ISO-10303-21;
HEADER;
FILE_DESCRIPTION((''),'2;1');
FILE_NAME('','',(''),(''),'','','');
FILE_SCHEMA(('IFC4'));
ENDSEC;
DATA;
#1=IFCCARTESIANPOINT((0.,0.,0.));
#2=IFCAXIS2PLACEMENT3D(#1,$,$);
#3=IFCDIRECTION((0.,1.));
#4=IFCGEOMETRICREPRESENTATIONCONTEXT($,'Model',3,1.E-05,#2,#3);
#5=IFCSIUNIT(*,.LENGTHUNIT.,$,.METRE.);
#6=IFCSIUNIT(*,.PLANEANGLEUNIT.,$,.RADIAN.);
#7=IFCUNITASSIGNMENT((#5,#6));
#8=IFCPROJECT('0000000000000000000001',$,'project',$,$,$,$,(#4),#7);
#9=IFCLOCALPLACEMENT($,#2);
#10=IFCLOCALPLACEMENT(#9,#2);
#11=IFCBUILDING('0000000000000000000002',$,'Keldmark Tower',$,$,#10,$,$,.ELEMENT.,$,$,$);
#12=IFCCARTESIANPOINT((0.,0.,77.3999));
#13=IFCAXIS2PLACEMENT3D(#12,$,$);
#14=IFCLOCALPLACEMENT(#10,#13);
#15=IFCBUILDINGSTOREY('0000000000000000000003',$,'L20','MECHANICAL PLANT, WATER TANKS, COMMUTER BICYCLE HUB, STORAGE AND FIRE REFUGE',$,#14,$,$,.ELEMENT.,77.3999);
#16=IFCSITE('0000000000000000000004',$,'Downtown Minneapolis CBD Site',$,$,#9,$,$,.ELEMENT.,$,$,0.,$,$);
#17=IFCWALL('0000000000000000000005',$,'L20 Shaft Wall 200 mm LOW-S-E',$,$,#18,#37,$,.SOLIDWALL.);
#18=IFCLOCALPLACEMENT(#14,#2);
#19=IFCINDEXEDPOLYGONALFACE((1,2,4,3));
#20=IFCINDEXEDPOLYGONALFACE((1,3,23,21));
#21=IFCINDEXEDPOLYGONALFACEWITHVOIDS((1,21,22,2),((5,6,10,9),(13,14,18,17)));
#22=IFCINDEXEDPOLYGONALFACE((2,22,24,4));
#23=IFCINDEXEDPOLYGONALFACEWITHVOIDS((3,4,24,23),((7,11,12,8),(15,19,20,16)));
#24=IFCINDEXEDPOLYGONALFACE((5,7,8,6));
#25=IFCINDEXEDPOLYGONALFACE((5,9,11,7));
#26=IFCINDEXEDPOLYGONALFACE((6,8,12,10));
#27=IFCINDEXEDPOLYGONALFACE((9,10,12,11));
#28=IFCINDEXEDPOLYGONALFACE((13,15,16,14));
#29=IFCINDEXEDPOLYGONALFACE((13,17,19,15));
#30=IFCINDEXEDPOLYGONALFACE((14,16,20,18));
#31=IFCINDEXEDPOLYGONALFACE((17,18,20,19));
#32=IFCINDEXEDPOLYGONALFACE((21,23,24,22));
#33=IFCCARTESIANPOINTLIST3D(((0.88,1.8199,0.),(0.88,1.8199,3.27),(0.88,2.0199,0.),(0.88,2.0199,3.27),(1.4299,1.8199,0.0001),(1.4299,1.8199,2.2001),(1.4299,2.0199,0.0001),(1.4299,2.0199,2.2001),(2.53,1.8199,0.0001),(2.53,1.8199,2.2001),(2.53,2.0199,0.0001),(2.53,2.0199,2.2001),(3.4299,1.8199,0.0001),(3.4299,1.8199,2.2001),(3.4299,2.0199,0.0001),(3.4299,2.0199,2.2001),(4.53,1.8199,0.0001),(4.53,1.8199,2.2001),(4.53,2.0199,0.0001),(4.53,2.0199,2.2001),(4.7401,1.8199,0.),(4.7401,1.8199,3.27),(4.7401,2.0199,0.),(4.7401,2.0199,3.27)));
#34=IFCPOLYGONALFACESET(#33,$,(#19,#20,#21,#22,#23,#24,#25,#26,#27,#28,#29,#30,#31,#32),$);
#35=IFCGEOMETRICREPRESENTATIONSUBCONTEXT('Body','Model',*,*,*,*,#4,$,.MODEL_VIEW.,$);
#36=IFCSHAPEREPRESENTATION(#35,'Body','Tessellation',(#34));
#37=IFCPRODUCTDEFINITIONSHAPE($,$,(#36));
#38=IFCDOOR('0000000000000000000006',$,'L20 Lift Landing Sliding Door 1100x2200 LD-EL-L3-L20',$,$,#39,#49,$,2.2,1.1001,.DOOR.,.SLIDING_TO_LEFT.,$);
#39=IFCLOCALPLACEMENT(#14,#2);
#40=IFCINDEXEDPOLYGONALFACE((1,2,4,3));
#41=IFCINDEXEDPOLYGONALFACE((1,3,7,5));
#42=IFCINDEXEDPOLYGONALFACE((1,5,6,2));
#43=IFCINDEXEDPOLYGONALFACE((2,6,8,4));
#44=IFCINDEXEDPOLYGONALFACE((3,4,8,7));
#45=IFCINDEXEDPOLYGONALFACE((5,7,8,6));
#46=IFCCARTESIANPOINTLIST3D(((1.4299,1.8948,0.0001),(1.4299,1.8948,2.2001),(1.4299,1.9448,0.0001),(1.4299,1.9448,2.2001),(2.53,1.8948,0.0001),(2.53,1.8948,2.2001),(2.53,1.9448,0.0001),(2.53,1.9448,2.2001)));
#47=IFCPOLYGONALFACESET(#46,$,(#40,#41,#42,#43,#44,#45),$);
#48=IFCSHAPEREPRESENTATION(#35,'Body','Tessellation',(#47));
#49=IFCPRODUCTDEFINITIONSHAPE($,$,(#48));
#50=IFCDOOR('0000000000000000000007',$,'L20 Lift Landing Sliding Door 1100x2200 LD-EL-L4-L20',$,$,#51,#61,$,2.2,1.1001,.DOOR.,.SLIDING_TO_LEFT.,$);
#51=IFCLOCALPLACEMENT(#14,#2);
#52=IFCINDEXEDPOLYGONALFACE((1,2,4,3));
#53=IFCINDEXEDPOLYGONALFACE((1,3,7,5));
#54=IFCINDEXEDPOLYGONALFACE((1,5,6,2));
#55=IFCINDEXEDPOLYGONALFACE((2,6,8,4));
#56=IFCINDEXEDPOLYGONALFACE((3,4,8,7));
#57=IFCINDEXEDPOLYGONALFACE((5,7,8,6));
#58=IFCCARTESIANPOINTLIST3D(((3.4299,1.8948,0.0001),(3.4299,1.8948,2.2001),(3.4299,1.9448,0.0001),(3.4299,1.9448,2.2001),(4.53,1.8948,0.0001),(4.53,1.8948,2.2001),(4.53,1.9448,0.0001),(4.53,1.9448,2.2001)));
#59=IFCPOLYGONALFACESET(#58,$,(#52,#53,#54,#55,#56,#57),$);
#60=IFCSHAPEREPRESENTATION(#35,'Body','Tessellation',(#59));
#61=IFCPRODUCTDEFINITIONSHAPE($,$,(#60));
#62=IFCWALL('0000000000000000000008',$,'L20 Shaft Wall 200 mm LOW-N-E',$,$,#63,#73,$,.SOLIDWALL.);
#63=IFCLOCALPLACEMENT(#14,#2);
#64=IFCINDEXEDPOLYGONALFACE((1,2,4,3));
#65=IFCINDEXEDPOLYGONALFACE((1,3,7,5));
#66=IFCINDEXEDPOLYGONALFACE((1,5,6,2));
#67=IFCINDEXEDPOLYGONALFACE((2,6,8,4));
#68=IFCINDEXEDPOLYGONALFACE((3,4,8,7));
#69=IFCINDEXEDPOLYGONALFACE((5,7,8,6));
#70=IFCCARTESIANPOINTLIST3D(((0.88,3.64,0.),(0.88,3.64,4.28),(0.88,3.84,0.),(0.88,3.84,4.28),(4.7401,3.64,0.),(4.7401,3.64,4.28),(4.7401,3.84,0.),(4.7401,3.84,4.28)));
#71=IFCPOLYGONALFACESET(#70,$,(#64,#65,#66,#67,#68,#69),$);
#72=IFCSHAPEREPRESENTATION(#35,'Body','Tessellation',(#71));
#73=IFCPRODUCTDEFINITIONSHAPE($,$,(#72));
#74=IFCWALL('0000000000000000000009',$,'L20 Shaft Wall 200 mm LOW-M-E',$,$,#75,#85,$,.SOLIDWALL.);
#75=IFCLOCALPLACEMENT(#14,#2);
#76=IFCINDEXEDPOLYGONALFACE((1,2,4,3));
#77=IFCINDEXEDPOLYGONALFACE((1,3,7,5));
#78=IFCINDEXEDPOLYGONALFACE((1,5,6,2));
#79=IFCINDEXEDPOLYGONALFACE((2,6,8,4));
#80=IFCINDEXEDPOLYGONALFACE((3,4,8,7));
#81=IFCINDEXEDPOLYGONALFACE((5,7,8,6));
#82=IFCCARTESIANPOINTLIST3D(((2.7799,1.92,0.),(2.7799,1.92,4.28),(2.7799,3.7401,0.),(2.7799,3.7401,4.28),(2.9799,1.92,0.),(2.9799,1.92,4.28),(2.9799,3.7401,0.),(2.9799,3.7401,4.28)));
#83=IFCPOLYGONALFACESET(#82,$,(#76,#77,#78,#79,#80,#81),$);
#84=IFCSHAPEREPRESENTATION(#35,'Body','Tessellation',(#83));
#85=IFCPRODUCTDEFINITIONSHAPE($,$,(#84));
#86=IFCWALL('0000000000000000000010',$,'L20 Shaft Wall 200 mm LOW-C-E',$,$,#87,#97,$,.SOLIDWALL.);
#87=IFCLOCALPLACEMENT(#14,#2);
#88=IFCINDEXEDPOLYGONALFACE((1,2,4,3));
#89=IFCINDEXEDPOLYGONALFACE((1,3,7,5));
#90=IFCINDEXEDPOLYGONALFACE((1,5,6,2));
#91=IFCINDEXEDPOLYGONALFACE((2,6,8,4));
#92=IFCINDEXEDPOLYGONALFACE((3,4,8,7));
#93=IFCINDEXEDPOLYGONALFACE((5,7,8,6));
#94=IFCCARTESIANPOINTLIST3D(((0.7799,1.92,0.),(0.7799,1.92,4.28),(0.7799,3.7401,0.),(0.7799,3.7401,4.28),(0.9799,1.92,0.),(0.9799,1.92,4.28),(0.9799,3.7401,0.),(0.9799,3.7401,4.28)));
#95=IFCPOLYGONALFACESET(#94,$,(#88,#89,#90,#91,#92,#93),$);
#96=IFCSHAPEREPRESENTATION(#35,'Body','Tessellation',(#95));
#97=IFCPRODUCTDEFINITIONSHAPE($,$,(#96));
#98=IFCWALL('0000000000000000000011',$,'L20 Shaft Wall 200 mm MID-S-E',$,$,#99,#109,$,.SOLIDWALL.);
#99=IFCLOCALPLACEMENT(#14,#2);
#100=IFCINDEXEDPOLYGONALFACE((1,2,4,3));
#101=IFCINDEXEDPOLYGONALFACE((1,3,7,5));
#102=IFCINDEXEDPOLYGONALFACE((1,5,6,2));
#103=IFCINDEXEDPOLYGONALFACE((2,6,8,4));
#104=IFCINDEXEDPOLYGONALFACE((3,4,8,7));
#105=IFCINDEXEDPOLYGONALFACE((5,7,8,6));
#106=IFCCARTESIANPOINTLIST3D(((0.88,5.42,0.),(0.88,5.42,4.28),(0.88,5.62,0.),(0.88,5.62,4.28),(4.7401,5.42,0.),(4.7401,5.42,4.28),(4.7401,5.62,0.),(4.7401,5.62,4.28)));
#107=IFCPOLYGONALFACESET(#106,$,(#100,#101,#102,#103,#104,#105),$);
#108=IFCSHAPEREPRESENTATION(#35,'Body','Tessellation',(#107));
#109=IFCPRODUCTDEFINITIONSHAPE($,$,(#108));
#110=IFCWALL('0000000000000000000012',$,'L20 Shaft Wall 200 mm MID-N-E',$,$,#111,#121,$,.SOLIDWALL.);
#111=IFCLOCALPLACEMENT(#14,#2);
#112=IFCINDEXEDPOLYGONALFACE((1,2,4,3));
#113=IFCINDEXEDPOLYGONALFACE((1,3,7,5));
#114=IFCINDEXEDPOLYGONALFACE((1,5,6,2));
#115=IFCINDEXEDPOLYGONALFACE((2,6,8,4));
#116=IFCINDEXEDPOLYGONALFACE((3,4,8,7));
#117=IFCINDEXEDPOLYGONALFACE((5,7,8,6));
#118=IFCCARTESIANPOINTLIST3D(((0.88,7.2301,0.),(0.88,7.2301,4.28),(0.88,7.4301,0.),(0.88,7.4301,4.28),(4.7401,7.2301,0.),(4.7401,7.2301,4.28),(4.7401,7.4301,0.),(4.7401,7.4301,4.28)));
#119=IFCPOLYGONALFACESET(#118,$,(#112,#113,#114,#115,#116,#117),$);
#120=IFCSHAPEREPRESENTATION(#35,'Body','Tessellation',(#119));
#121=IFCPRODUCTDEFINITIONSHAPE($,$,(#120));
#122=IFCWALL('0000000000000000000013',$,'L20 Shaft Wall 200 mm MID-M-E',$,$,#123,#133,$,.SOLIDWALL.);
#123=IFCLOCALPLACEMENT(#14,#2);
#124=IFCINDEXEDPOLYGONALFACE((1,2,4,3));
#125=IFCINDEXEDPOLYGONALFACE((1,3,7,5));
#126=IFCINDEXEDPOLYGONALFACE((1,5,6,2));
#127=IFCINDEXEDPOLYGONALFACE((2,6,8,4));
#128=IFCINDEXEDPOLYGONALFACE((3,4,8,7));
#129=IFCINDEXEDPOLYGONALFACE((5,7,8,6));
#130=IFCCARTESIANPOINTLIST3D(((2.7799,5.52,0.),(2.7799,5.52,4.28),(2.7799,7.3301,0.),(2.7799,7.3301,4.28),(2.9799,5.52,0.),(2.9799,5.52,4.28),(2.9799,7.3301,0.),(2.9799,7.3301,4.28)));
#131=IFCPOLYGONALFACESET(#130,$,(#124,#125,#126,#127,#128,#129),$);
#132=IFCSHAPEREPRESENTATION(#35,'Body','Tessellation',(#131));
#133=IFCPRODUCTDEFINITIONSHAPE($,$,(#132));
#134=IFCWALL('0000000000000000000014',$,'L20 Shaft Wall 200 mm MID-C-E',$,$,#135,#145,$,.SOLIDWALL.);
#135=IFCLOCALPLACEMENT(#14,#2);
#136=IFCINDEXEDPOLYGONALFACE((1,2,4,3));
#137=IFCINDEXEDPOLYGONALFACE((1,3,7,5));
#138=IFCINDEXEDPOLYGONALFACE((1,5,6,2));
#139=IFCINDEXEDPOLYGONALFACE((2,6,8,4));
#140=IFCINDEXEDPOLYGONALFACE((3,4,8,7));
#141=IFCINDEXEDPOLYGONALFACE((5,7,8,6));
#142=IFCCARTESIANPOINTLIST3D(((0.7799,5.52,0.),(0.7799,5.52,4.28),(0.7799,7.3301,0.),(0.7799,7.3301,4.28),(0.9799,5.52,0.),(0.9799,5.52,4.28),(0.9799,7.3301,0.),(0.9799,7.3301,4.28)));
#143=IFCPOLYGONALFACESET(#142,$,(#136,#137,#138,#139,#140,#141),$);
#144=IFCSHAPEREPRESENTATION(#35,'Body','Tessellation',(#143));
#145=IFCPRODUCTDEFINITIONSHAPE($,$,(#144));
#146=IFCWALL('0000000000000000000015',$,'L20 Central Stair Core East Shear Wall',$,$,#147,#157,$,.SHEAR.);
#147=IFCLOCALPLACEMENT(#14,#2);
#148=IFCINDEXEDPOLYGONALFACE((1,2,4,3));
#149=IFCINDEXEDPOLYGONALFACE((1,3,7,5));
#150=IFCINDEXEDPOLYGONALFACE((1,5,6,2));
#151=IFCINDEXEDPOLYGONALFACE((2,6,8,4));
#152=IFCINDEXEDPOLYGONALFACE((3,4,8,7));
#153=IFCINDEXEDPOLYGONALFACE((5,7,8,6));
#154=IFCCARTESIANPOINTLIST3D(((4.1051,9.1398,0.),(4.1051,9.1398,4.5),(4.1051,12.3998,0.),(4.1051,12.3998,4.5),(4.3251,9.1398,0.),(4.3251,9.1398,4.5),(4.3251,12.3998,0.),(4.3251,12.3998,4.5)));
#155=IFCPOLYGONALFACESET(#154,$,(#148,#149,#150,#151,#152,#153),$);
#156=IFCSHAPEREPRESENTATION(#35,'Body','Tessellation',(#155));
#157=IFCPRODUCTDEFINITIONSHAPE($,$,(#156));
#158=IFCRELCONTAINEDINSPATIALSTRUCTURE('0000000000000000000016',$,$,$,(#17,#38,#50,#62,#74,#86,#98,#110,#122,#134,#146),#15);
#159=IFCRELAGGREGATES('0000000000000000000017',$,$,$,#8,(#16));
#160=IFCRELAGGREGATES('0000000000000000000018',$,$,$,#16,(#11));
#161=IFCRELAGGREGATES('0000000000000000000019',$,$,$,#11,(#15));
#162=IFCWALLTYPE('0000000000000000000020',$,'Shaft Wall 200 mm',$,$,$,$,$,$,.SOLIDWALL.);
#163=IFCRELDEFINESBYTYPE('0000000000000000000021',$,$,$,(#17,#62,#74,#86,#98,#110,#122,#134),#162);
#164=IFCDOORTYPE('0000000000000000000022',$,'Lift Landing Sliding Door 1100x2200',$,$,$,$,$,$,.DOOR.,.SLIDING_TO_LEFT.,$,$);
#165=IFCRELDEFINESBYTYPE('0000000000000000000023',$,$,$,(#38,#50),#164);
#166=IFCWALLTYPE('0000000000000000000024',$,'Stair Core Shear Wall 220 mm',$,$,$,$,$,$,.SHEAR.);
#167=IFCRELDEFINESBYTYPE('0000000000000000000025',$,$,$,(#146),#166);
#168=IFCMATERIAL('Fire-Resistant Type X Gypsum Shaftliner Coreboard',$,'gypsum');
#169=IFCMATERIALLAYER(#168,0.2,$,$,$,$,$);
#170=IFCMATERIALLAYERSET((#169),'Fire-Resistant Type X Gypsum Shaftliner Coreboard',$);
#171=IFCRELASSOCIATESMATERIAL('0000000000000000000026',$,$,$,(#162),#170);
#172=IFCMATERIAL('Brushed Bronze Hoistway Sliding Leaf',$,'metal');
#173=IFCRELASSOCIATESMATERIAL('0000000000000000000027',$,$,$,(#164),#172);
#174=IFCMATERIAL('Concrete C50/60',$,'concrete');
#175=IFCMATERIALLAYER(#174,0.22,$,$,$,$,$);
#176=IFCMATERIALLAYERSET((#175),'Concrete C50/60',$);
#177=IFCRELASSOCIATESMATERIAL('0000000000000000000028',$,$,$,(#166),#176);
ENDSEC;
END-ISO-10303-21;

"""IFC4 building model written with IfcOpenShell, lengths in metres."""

from ifc_helpers import new_model, si_unit, direction, frame, frame_2d, origin, place, context, subcontext, project, spatial, rectangle, extrude, material, layer, layer_set, type_object, element, fill, save


model = new_model("IFC4")

# Units and contexts
model_context = context("Model", 3, precision=1e-05, world=origin(), true_north=direction((0.0, 1.0)))
body_context = subcontext(model_context, "Body", "Model", "MODEL_VIEW")
ifc_project = project(units=[si_unit("LENGTHUNIT", "METRE"), si_unit("PLANEANGLEUNIT", "RADIAN")], contexts=[model_context])

# Site, building, storey
site_placement = place(None, origin())
site = spatial("IfcSite", under=ifc_project, at=site_placement, Name="Downtown Minneapolis CBD Site", CompositionType="ELEMENT", RefElevation=0.0)
building_placement = place(site_placement, origin())
building = spatial("IfcBuilding", under=site, at=building_placement, Name="Keldmark Tower", CompositionType="ELEMENT")
storey_placement = place(building_placement, frame((0.0, 0.0, 77.3999)))
storey = spatial("IfcBuildingStorey", under=building, at=storey_placement, Name="L20", Description="MECHANICAL PLANT, WATER TANKS, COMMUTER BICYCLE HUB, STORAGE AND FIRE REFUGE", CompositionType="ELEMENT", Elevation=77.3999)

# Shared definitions
ifc_material_1 = material(Name="Fire-Resistant Type X Gypsum Shaftliner Coreboard", Category="gypsum")
ifc_layer_1 = layer(ifc_material_1, 0.2)
ifc_layer_set_1 = layer_set([ifc_layer_1], Name="Fire-Resistant Type X Gypsum Shaftliner Coreboard")
wall_type_1 = type_object("IfcWallType", Name="Shaft Wall 200 mm", PredefinedType="SOLIDWALL", material=ifc_layer_set_1)

# Wall, openings, doors
wall_1_placement = place(storey_placement, frame((0.8799, 1.9199, 0.0), z_axis=(0.0, 0.0, 1.0), x_axis=(1.0, 0.0, 0.0)))
wall_1 = element("IfcWall", 1, at=wall_1_placement, inside=storey, type_object=wall_type_1, Name="L20 Shaft Wall 200 mm LOW-S-E", PredefinedType="SOLIDWALL", context=body_context, shape_type="SweptSolid", body=[
    extrude(rectangle(XDim=3.8601, YDim=0.2, at=frame_2d((1.9302, 0.0))), origin(), (0.0, 0.0, 1.0), 3.27),
])
opening_1_placement = place(wall_1_placement, frame((0.55, 0.0, 0.0)))
opening_1 = element("IfcOpeningElement", 2, at=opening_1_placement, cuts=wall_1, PredefinedType="OPENING", context=body_context, shape_type="SweptSolid", body=[
    extrude(rectangle(XDim=1.1001, YDim=2.2, at=frame_2d((0.55, 1.1001))), frame((0.0, 0.1099, 0.0), z_axis=(0.0, -1.0, 0.0), x_axis=(1.0, 0.0, 0.0)), (0.0, 0.0, 1.0), 0.22),
])
opening_2_placement = place(wall_1_placement, frame((2.55, 0.0, 0.0)))
opening_2 = element("IfcOpeningElement", 3, at=opening_2_placement, cuts=wall_1, PredefinedType="OPENING", context=body_context, shape_type="SweptSolid", body=[
    extrude(rectangle(XDim=1.1001, YDim=2.2, at=frame_2d((0.55, 1.1001))), frame((0.0, 0.1099, 0.0), z_axis=(0.0, -1.0, 0.0), x_axis=(1.0, 0.0, 0.0)), (0.0, 0.0, 1.0), 0.22),
])
ifc_material_2 = material(Name="Brushed Bronze Hoistway Sliding Leaf", Category="metal")
door_type_1 = type_object("IfcDoorType", Name="Lift Landing Sliding Door 1100x2200", OperationType="SLIDING_TO_LEFT", PredefinedType="DOOR", material=ifc_material_2)
door_1_placement = place(opening_1_placement, origin())
door_1 = element("IfcDoor", 4, at=door_1_placement, inside=storey, type_object=door_type_1, Name="L20 Lift Landing Sliding Door 1100x2200 LD-EL-L3-L20", OperationType="SLIDING_TO_LEFT", OverallHeight=2.2, OverallWidth=1.1001, PredefinedType="DOOR", context=body_context, shape_type="SweptSolid", body=[
    extrude(rectangle(XDim=1.1001, YDim=2.2, at=frame_2d((0.55, 1.1001))), frame((0.0, 0.0249, 0.0), z_axis=(0.0, -1.0, 0.0), x_axis=(1.0, 0.0, 0.0)), (0.0, 0.0, 1.0), 0.05),
])
fill(opening_1, door_1)
door_2_placement = place(opening_2_placement, origin())
door_2 = element("IfcDoor", 5, at=door_2_placement, inside=storey, type_object=door_type_1, Name="L20 Lift Landing Sliding Door 1100x2200 LD-EL-L4-L20", OperationType="SLIDING_TO_LEFT", OverallHeight=2.2, OverallWidth=1.1001, PredefinedType="DOOR", context=body_context, shape_type="SweptSolid", body=[
    extrude(rectangle(XDim=1.1001, YDim=2.2, at=frame_2d((0.55, 1.1001))), frame((0.0, 0.0249, 0.0), z_axis=(0.0, -1.0, 0.0), x_axis=(1.0, 0.0, 0.0)), (0.0, 0.0, 1.0), 0.05),
])
fill(opening_2, door_2)

# Walls
wall_2_placement = place(storey_placement, frame((0.8799, 3.74, 0.0), z_axis=(0.0, 0.0, 1.0), x_axis=(1.0, 0.0, 0.0)))
element("IfcWall", 6, at=wall_2_placement, inside=storey, type_object=wall_type_1, Name="L20 Shaft Wall 200 mm LOW-N-E", PredefinedType="SOLIDWALL", context=body_context, shape_type="SweptSolid", body=[
    extrude(rectangle(XDim=3.8601, YDim=0.2, at=frame_2d((1.9302, 0.0))), origin(), (0.0, 0.0, 1.0), 4.28),
])
for number, where, z_axis, x_axis, name in (
    (7, (2.8799, 1.9199, 0.0), (0.0, 0.0, 1.0), (0.0, 1.0, 0.0), "L20 Shaft Wall 200 mm LOW-M-E"),
    (8, (0.8799, 1.9199, 0.0), (0.0, 0.0, 1.0), (0.0, 1.0, 0.0), "L20 Shaft Wall 200 mm LOW-C-E"),
):
    element("IfcWall", number, at=place(storey_placement, frame(where, z_axis=z_axis, x_axis=x_axis)), inside=storey, type_object=wall_type_1, Name=name, PredefinedType="SOLIDWALL", context=body_context, shape_type="SweptSolid", body=[
        extrude(rectangle(XDim=1.8201, YDim=0.2, at=frame_2d((0.9102, 0.0))), origin(), (0.0, 0.0, 1.0), 4.28),
    ])
for number, where, z_axis, x_axis, name in (
    (9, (0.8799, 5.52, 0.0), (0.0, 0.0, 1.0), (1.0, 0.0, 0.0), "L20 Shaft Wall 200 mm MID-S-E"),
    (10, (0.8799, 7.3301, 0.0), (0.0, 0.0, 1.0), (1.0, 0.0, 0.0), "L20 Shaft Wall 200 mm MID-N-E"),
):
    element("IfcWall", number, at=place(storey_placement, frame(where, z_axis=z_axis, x_axis=x_axis)), inside=storey, type_object=wall_type_1, Name=name, PredefinedType="SOLIDWALL", context=body_context, shape_type="SweptSolid", body=[
        extrude(rectangle(XDim=3.8601, YDim=0.2, at=frame_2d((1.9302, 0.0))), origin(), (0.0, 0.0, 1.0), 4.28),
    ])
for number, where, z_axis, x_axis, name in (
    (11, (2.8799, 5.52, 0.0), (0.0, 0.0, 1.0), (0.0, 1.0, 0.0), "L20 Shaft Wall 200 mm MID-M-E"),
    (12, (0.8799, 5.52, 0.0), (0.0, 0.0, 1.0), (0.0, 1.0, 0.0), "L20 Shaft Wall 200 mm MID-C-E"),
):
    element("IfcWall", number, at=place(storey_placement, frame(where, z_axis=z_axis, x_axis=x_axis)), inside=storey, type_object=wall_type_1, Name=name, PredefinedType="SOLIDWALL", context=body_context, shape_type="SweptSolid", body=[
        extrude(rectangle(XDim=1.8101, YDim=0.2, at=frame_2d((0.905, 0.0))), origin(), (0.0, 0.0, 1.0), 4.28),
    ])
ifc_material_3 = material(Name="Concrete C50/60", Category="concrete")
ifc_layer_2 = layer(ifc_material_3, 0.22)
ifc_layer_set_2 = layer_set([ifc_layer_2], Name="Concrete C50/60")
wall_type_2 = type_object("IfcWallType", Name="Stair Core Shear Wall 220 mm", PredefinedType="SHEAR", material=ifc_layer_set_2)
wall_3_placement = place(storey_placement, frame((4.2151, 9.1399, 0.0), z_axis=(0.0, 0.0, 1.0), x_axis=(0.0, 1.0, 0.0)))
element("IfcWall", 13, at=wall_3_placement, inside=storey, type_object=wall_type_2, Name="L20 Central Stair Core East Shear Wall", PredefinedType="SHEAR", context=body_context, shape_type="SweptSolid", body=[
    extrude(rectangle(XDim=3.26, YDim=0.22, at=frame_2d((1.6299, 0.0))), origin(), (0.0, 0.0, 1.0), 4.5),
])

save(model, "model.ifc")
